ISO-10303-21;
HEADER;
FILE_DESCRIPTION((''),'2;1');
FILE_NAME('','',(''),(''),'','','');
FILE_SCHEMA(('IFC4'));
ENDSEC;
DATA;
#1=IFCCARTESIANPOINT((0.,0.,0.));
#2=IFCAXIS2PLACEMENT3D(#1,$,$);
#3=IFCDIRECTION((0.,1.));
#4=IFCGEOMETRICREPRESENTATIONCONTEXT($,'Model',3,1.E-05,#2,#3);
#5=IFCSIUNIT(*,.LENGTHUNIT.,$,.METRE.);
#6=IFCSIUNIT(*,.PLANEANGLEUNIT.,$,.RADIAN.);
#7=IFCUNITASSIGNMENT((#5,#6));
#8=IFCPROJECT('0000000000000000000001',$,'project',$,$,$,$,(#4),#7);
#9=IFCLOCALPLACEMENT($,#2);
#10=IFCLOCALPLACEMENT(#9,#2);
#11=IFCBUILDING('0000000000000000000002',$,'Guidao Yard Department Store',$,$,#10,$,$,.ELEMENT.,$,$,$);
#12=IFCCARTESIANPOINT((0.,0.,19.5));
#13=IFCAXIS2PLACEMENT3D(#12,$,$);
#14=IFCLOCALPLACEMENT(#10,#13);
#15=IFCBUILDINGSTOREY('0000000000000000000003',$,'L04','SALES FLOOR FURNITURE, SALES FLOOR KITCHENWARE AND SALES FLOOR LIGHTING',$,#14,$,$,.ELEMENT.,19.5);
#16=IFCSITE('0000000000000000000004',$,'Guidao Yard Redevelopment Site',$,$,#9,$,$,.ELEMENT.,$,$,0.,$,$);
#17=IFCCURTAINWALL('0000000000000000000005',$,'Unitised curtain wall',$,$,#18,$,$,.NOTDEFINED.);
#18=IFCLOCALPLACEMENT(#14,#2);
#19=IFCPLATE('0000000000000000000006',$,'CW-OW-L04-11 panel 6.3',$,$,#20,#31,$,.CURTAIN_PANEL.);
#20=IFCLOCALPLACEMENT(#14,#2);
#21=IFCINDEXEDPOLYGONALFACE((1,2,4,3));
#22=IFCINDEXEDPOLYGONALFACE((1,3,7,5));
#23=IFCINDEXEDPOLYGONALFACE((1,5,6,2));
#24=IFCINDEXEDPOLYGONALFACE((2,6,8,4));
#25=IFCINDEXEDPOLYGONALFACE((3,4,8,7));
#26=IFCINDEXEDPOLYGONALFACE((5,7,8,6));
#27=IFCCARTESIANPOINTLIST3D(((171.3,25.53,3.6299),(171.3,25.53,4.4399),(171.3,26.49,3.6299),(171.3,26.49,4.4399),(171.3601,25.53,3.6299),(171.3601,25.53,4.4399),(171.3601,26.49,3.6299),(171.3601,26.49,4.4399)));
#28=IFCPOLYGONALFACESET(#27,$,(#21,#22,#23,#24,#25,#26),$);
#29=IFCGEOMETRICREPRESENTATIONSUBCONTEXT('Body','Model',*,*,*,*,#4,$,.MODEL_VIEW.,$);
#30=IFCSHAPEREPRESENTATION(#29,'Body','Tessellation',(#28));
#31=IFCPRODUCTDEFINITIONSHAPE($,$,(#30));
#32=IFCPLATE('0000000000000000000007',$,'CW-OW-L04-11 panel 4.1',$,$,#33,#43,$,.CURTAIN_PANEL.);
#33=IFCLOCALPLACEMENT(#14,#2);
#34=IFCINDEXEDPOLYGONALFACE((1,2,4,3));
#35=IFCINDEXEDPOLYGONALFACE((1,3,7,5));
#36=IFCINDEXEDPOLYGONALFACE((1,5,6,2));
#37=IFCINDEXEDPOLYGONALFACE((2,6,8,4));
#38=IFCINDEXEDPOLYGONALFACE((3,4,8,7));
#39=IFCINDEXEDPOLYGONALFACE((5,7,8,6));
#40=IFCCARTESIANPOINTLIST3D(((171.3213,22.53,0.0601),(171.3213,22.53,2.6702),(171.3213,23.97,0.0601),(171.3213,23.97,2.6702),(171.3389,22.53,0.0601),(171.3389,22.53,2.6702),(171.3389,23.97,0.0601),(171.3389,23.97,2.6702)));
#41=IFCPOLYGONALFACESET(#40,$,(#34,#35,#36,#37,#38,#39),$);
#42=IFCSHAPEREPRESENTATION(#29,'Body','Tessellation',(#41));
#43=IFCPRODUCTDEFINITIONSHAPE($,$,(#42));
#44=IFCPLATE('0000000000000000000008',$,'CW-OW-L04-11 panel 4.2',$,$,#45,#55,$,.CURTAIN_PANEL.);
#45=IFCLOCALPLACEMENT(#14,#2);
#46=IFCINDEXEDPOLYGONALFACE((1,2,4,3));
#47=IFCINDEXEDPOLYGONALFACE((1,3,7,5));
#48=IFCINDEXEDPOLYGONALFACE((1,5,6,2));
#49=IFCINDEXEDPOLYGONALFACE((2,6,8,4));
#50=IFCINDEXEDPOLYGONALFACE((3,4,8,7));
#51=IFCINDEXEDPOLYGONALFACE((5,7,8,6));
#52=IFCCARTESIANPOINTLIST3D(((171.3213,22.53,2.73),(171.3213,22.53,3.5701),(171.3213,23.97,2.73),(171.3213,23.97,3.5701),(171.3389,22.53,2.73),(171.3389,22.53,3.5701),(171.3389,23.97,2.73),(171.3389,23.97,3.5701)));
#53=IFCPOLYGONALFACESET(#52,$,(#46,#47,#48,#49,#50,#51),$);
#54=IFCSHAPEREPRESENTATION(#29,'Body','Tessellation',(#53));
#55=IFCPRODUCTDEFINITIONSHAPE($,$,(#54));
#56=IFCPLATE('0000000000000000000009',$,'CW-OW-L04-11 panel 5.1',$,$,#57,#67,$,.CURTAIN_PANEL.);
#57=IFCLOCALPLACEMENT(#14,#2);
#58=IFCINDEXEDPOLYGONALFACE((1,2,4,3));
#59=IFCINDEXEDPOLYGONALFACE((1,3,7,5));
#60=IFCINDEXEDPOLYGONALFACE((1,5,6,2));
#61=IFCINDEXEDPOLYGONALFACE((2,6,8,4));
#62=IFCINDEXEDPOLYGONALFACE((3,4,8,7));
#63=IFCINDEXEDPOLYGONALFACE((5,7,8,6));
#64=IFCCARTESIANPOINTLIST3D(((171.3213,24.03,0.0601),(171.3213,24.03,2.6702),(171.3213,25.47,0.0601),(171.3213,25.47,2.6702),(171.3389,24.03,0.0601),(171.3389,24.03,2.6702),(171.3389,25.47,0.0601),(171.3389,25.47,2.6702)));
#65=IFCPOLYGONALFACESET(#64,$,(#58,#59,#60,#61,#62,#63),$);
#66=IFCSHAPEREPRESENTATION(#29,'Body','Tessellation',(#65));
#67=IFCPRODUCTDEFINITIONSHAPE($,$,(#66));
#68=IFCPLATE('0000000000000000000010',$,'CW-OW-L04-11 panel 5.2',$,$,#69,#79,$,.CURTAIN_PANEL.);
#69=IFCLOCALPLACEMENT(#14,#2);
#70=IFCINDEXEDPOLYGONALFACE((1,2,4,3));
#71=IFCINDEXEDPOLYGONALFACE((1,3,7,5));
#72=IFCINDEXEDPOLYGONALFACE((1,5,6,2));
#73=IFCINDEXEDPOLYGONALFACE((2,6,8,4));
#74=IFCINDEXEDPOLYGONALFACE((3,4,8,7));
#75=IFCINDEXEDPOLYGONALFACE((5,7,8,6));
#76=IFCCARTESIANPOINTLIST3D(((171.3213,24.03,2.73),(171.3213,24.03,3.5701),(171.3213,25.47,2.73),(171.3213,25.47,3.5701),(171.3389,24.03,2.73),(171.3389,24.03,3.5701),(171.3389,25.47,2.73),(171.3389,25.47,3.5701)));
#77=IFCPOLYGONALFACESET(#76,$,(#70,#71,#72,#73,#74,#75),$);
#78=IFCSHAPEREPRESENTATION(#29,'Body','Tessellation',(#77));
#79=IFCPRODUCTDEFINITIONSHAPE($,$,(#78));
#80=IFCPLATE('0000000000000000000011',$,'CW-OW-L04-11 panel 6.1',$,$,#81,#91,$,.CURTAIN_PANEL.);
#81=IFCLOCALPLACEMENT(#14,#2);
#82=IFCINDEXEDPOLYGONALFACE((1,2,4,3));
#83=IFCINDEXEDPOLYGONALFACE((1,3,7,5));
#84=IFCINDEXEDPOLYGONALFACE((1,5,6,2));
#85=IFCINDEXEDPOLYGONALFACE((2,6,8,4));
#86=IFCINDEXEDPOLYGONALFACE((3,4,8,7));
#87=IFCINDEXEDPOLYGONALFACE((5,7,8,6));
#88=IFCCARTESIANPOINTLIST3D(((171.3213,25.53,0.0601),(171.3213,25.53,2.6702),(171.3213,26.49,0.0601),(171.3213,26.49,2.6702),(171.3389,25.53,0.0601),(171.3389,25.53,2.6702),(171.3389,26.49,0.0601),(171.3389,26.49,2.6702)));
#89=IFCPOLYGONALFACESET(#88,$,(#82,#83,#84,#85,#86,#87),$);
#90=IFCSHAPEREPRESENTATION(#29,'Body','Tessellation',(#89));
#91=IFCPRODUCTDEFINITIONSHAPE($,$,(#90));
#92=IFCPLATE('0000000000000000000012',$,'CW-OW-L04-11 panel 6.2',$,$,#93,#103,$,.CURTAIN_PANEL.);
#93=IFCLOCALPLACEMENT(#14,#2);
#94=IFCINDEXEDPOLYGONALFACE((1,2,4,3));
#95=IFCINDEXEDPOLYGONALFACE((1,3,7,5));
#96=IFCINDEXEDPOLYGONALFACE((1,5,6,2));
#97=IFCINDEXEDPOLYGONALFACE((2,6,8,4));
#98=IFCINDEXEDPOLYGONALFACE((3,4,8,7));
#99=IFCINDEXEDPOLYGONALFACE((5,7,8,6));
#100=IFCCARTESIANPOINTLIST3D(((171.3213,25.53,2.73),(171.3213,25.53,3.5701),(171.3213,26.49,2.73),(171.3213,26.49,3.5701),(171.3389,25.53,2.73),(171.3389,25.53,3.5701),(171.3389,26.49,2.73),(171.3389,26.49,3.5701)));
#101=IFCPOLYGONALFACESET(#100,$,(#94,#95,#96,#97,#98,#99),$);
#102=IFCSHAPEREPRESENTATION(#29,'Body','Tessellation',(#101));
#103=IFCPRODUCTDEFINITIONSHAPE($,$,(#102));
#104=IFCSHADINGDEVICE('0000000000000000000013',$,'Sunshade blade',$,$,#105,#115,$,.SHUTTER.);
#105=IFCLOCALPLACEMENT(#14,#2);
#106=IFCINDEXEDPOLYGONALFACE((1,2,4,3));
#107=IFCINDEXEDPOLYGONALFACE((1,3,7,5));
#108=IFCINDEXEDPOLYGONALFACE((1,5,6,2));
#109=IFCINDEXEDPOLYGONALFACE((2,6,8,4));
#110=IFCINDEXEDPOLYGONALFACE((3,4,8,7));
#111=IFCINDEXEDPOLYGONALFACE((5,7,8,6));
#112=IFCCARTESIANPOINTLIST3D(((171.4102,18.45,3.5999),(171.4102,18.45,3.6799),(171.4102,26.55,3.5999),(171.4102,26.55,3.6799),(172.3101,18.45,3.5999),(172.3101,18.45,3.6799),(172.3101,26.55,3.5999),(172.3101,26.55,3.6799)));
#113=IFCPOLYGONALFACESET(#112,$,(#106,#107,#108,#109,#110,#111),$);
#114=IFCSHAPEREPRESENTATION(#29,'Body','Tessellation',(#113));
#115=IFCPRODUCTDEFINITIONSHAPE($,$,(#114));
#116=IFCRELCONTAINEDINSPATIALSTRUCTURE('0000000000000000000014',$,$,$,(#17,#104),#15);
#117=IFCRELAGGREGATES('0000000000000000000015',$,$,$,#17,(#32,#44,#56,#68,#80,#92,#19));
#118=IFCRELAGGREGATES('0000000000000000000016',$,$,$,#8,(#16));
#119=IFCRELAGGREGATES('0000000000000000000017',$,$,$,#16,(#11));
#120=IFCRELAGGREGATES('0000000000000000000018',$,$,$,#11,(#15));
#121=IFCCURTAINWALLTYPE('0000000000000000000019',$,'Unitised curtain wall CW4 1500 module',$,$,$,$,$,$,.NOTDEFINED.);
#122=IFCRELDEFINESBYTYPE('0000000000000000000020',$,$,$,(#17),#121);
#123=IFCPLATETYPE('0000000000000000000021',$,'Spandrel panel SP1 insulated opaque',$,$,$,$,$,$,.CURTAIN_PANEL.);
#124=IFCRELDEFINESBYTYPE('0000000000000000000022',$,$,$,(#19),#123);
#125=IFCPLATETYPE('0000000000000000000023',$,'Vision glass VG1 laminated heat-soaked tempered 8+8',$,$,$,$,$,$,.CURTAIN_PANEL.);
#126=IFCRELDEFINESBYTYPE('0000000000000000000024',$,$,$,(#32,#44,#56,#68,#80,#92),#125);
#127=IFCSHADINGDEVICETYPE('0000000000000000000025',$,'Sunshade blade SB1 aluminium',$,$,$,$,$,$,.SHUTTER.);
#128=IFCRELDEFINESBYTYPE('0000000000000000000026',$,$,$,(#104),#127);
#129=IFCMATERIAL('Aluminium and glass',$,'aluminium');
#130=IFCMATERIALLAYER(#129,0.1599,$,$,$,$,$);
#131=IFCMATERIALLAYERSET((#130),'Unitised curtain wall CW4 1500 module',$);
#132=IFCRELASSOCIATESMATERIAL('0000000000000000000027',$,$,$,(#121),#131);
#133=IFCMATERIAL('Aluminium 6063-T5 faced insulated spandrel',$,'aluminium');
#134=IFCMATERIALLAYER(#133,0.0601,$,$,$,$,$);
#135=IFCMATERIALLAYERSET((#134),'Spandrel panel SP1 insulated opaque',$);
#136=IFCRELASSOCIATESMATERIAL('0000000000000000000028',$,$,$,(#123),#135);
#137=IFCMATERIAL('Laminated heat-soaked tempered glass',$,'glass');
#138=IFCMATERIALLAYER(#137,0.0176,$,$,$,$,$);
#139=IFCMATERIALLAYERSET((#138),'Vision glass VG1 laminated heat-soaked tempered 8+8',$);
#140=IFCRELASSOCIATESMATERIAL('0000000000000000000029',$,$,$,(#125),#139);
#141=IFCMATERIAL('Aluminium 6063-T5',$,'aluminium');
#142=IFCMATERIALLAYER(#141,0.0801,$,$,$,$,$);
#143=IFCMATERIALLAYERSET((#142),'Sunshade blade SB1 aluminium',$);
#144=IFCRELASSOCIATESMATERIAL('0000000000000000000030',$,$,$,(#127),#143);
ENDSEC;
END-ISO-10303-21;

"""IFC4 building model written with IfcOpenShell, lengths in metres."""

from ifc_helpers import new_model, si_unit, direction, frame, origin, origin_2d, place, context, subcontext, project, spatial, rectangle, extrude, material, layer, layer_set, type_object, element, aggregate, save


model = new_model("IFC4")

# Units and contexts
model_context = context("Model", 3, precision=1e-05, world=origin(), true_north=direction((0.0, 1.0)))
body_context = subcontext(model_context, "Body", "Model", "MODEL_VIEW")
ifc_project = project(units=[si_unit("LENGTHUNIT", "METRE"), si_unit("PLANEANGLEUNIT", "RADIAN")], contexts=[model_context])

# Site, building, storey
site_placement = place(None, origin())
site = spatial("IfcSite", under=ifc_project, at=site_placement, Name="Guidao Yard Redevelopment Site", CompositionType="ELEMENT", RefElevation=0.0)
building_placement = place(site_placement, origin())
building = spatial("IfcBuilding", under=site, at=building_placement, Name="Guidao Yard Department Store", CompositionType="ELEMENT")
storey_placement = place(building_placement, frame((0.0, 0.0, 19.5)))
storey = spatial("IfcBuildingStorey", under=building, at=storey_placement, Name="L04", Description="SALES FLOOR FURNITURE, SALES FLOOR KITCHENWARE AND SALES FLOOR LIGHTING", CompositionType="ELEMENT", Elevation=19.5)

# Curtain wall, plates
ifc_material_1 = material(Name="Aluminium and glass", Category="aluminium")
ifc_layer_1 = layer(ifc_material_1, 0.1599)
ifc_layer_set_1 = layer_set([ifc_layer_1], Name="Unitised curtain wall CW4 1500 module")
curtain_wall_type = type_object("IfcCurtainWallType", Name="Unitised curtain wall CW4 1500 module", PredefinedType="NOTDEFINED", material=ifc_layer_set_1)
curtain_wall_placement = place(storey_placement, origin())
curtain_wall = element("IfcCurtainWall", 1, at=curtain_wall_placement, inside=storey, type_object=curtain_wall_type, Name="Unitised curtain wall", PredefinedType="NOTDEFINED")
ifc_material_2 = material(Name="Aluminium 6063-T5 faced insulated spandrel", Category="aluminium")
ifc_layer_2 = layer(ifc_material_2, 0.0601)
ifc_layer_set_2 = layer_set([ifc_layer_2], Name="Spandrel panel SP1 insulated opaque")
plate_type_1 = type_object("IfcPlateType", Name="Spandrel panel SP1 insulated opaque", PredefinedType="CURTAIN_PANEL", material=ifc_layer_set_2)
plate_1_placement = place(storey_placement, frame((171.3301, 26.01, 3.6299), z_axis=(0.0, 0.0, 1.0), x_axis=(0.0, -1.0, 0.0)))
plate_1 = element("IfcPlate", 2, at=plate_1_placement, type_object=plate_type_1, Name="CW-OW-L04-11 panel 6.3", PredefinedType="CURTAIN_PANEL", context=body_context, shape_type="SweptSolid", body=[
    extrude(rectangle(XDim=0.96, YDim=0.0601, at=origin_2d()), origin(), (0.0, 0.0, 1.0), 0.8101),
])
ifc_material_3 = material(Name="Laminated heat-soaked tempered glass", Category="glass")
ifc_layer_3 = layer(ifc_material_3, 0.0176)
ifc_layer_set_3 = layer_set([ifc_layer_3], Name="Vision glass VG1 laminated heat-soaked tempered 8+8")
plate_type_2 = type_object("IfcPlateType", Name="Vision glass VG1 laminated heat-soaked tempered 8+8", PredefinedType="CURTAIN_PANEL", material=ifc_layer_set_3)
plate_2_placement = place(storey_placement, frame((171.3301, 23.25, 0.0601), z_axis=(0.0, 0.0, 1.0), x_axis=(0.0, -1.0, 0.0)))
plate_2 = element("IfcPlate", 3, at=plate_2_placement, type_object=plate_type_2, Name="CW-OW-L04-11 panel 4.1", PredefinedType="CURTAIN_PANEL", context=body_context, shape_type="SweptSolid", body=[
    extrude(rectangle(XDim=1.4399, YDim=0.0176, at=origin_2d()), origin(), (0.0, 0.0, 1.0), 2.6101),
])
plate_3_placement = place(storey_placement, frame((171.3301, 23.25, 2.73), z_axis=(0.0, 0.0, 1.0), x_axis=(0.0, -1.0, 0.0)))
plate_3 = element("IfcPlate", 4, at=plate_3_placement, type_object=plate_type_2, Name="CW-OW-L04-11 panel 4.2", PredefinedType="CURTAIN_PANEL", context=body_context, shape_type="SweptSolid", body=[
    extrude(rectangle(XDim=1.4399, YDim=0.0176, at=origin_2d()), origin(), (0.0, 0.0, 1.0), 0.8401),
])
plate_4_placement = place(storey_placement, frame((171.3301, 24.75, 0.0601), z_axis=(0.0, 0.0, 1.0), x_axis=(0.0, -1.0, 0.0)))
plate_4 = element("IfcPlate", 5, at=plate_4_placement, type_object=plate_type_2, Name="CW-OW-L04-11 panel 5.1", PredefinedType="CURTAIN_PANEL", context=body_context, shape_type="SweptSolid", body=[
    extrude(rectangle(XDim=1.4399, YDim=0.0176, at=origin_2d()), origin(), (0.0, 0.0, 1.0), 2.6101),
])
plate_5_placement = place(storey_placement, frame((171.3301, 24.75, 2.73), z_axis=(0.0, 0.0, 1.0), x_axis=(0.0, -1.0, 0.0)))
plate_5 = element("IfcPlate", 6, at=plate_5_placement, type_object=plate_type_2, Name="CW-OW-L04-11 panel 5.2", PredefinedType="CURTAIN_PANEL", context=body_context, shape_type="SweptSolid", body=[
    extrude(rectangle(XDim=1.4399, YDim=0.0176, at=origin_2d()), origin(), (0.0, 0.0, 1.0), 0.8401),
])
plate_6_placement = place(storey_placement, frame((171.3301, 26.01, 0.0601), z_axis=(0.0, 0.0, 1.0), x_axis=(0.0, -1.0, 0.0)))
plate_6 = element("IfcPlate", 7, at=plate_6_placement, type_object=plate_type_2, Name="CW-OW-L04-11 panel 6.1", PredefinedType="CURTAIN_PANEL", context=body_context, shape_type="SweptSolid", body=[
    extrude(rectangle(XDim=0.96, YDim=0.0176, at=origin_2d()), origin(), (0.0, 0.0, 1.0), 2.6101),
])
plate_7_placement = place(storey_placement, frame((171.3301, 26.01, 2.73), z_axis=(0.0, 0.0, 1.0), x_axis=(0.0, -1.0, 0.0)))
plate_7 = element("IfcPlate", 8, at=plate_7_placement, type_object=plate_type_2, Name="CW-OW-L04-11 panel 6.2", PredefinedType="CURTAIN_PANEL", context=body_context, shape_type="SweptSolid", body=[
    extrude(rectangle(XDim=0.96, YDim=0.0176, at=origin_2d()), origin(), (0.0, 0.0, 1.0), 0.8401),
])
aggregate(curtain_wall, [plate_2, plate_3, plate_4, plate_5, plate_6, plate_7, plate_1])

# Shading device
ifc_material_4 = material(Name="Aluminium 6063-T5", Category="aluminium")
ifc_layer_4 = layer(ifc_material_4, 0.0801)
ifc_layer_set_4 = layer_set([ifc_layer_4], Name="Sunshade blade SB1 aluminium")
shading_device_type = type_object("IfcShadingDeviceType", Name="Sunshade blade SB1 aluminium", PredefinedType="SHUTTER", material=ifc_layer_set_4)
shading_device_placement = place(storey_placement, frame((171.8601, 22.5, 3.5999), z_axis=(0.0, 0.0, 1.0), x_axis=(0.0, -1.0, 0.0)))
element("IfcShadingDevice", 9, at=shading_device_placement, inside=storey, type_object=shading_device_type, Name="Sunshade blade", PredefinedType="SHUTTER", context=body_context, shape_type="SweptSolid", body=[
    extrude(rectangle(XDim=8.1001, YDim=0.8999, at=origin_2d()), origin(), (0.0, 0.0, 1.0), 0.0801),
])

save(model, "model.ifc")
